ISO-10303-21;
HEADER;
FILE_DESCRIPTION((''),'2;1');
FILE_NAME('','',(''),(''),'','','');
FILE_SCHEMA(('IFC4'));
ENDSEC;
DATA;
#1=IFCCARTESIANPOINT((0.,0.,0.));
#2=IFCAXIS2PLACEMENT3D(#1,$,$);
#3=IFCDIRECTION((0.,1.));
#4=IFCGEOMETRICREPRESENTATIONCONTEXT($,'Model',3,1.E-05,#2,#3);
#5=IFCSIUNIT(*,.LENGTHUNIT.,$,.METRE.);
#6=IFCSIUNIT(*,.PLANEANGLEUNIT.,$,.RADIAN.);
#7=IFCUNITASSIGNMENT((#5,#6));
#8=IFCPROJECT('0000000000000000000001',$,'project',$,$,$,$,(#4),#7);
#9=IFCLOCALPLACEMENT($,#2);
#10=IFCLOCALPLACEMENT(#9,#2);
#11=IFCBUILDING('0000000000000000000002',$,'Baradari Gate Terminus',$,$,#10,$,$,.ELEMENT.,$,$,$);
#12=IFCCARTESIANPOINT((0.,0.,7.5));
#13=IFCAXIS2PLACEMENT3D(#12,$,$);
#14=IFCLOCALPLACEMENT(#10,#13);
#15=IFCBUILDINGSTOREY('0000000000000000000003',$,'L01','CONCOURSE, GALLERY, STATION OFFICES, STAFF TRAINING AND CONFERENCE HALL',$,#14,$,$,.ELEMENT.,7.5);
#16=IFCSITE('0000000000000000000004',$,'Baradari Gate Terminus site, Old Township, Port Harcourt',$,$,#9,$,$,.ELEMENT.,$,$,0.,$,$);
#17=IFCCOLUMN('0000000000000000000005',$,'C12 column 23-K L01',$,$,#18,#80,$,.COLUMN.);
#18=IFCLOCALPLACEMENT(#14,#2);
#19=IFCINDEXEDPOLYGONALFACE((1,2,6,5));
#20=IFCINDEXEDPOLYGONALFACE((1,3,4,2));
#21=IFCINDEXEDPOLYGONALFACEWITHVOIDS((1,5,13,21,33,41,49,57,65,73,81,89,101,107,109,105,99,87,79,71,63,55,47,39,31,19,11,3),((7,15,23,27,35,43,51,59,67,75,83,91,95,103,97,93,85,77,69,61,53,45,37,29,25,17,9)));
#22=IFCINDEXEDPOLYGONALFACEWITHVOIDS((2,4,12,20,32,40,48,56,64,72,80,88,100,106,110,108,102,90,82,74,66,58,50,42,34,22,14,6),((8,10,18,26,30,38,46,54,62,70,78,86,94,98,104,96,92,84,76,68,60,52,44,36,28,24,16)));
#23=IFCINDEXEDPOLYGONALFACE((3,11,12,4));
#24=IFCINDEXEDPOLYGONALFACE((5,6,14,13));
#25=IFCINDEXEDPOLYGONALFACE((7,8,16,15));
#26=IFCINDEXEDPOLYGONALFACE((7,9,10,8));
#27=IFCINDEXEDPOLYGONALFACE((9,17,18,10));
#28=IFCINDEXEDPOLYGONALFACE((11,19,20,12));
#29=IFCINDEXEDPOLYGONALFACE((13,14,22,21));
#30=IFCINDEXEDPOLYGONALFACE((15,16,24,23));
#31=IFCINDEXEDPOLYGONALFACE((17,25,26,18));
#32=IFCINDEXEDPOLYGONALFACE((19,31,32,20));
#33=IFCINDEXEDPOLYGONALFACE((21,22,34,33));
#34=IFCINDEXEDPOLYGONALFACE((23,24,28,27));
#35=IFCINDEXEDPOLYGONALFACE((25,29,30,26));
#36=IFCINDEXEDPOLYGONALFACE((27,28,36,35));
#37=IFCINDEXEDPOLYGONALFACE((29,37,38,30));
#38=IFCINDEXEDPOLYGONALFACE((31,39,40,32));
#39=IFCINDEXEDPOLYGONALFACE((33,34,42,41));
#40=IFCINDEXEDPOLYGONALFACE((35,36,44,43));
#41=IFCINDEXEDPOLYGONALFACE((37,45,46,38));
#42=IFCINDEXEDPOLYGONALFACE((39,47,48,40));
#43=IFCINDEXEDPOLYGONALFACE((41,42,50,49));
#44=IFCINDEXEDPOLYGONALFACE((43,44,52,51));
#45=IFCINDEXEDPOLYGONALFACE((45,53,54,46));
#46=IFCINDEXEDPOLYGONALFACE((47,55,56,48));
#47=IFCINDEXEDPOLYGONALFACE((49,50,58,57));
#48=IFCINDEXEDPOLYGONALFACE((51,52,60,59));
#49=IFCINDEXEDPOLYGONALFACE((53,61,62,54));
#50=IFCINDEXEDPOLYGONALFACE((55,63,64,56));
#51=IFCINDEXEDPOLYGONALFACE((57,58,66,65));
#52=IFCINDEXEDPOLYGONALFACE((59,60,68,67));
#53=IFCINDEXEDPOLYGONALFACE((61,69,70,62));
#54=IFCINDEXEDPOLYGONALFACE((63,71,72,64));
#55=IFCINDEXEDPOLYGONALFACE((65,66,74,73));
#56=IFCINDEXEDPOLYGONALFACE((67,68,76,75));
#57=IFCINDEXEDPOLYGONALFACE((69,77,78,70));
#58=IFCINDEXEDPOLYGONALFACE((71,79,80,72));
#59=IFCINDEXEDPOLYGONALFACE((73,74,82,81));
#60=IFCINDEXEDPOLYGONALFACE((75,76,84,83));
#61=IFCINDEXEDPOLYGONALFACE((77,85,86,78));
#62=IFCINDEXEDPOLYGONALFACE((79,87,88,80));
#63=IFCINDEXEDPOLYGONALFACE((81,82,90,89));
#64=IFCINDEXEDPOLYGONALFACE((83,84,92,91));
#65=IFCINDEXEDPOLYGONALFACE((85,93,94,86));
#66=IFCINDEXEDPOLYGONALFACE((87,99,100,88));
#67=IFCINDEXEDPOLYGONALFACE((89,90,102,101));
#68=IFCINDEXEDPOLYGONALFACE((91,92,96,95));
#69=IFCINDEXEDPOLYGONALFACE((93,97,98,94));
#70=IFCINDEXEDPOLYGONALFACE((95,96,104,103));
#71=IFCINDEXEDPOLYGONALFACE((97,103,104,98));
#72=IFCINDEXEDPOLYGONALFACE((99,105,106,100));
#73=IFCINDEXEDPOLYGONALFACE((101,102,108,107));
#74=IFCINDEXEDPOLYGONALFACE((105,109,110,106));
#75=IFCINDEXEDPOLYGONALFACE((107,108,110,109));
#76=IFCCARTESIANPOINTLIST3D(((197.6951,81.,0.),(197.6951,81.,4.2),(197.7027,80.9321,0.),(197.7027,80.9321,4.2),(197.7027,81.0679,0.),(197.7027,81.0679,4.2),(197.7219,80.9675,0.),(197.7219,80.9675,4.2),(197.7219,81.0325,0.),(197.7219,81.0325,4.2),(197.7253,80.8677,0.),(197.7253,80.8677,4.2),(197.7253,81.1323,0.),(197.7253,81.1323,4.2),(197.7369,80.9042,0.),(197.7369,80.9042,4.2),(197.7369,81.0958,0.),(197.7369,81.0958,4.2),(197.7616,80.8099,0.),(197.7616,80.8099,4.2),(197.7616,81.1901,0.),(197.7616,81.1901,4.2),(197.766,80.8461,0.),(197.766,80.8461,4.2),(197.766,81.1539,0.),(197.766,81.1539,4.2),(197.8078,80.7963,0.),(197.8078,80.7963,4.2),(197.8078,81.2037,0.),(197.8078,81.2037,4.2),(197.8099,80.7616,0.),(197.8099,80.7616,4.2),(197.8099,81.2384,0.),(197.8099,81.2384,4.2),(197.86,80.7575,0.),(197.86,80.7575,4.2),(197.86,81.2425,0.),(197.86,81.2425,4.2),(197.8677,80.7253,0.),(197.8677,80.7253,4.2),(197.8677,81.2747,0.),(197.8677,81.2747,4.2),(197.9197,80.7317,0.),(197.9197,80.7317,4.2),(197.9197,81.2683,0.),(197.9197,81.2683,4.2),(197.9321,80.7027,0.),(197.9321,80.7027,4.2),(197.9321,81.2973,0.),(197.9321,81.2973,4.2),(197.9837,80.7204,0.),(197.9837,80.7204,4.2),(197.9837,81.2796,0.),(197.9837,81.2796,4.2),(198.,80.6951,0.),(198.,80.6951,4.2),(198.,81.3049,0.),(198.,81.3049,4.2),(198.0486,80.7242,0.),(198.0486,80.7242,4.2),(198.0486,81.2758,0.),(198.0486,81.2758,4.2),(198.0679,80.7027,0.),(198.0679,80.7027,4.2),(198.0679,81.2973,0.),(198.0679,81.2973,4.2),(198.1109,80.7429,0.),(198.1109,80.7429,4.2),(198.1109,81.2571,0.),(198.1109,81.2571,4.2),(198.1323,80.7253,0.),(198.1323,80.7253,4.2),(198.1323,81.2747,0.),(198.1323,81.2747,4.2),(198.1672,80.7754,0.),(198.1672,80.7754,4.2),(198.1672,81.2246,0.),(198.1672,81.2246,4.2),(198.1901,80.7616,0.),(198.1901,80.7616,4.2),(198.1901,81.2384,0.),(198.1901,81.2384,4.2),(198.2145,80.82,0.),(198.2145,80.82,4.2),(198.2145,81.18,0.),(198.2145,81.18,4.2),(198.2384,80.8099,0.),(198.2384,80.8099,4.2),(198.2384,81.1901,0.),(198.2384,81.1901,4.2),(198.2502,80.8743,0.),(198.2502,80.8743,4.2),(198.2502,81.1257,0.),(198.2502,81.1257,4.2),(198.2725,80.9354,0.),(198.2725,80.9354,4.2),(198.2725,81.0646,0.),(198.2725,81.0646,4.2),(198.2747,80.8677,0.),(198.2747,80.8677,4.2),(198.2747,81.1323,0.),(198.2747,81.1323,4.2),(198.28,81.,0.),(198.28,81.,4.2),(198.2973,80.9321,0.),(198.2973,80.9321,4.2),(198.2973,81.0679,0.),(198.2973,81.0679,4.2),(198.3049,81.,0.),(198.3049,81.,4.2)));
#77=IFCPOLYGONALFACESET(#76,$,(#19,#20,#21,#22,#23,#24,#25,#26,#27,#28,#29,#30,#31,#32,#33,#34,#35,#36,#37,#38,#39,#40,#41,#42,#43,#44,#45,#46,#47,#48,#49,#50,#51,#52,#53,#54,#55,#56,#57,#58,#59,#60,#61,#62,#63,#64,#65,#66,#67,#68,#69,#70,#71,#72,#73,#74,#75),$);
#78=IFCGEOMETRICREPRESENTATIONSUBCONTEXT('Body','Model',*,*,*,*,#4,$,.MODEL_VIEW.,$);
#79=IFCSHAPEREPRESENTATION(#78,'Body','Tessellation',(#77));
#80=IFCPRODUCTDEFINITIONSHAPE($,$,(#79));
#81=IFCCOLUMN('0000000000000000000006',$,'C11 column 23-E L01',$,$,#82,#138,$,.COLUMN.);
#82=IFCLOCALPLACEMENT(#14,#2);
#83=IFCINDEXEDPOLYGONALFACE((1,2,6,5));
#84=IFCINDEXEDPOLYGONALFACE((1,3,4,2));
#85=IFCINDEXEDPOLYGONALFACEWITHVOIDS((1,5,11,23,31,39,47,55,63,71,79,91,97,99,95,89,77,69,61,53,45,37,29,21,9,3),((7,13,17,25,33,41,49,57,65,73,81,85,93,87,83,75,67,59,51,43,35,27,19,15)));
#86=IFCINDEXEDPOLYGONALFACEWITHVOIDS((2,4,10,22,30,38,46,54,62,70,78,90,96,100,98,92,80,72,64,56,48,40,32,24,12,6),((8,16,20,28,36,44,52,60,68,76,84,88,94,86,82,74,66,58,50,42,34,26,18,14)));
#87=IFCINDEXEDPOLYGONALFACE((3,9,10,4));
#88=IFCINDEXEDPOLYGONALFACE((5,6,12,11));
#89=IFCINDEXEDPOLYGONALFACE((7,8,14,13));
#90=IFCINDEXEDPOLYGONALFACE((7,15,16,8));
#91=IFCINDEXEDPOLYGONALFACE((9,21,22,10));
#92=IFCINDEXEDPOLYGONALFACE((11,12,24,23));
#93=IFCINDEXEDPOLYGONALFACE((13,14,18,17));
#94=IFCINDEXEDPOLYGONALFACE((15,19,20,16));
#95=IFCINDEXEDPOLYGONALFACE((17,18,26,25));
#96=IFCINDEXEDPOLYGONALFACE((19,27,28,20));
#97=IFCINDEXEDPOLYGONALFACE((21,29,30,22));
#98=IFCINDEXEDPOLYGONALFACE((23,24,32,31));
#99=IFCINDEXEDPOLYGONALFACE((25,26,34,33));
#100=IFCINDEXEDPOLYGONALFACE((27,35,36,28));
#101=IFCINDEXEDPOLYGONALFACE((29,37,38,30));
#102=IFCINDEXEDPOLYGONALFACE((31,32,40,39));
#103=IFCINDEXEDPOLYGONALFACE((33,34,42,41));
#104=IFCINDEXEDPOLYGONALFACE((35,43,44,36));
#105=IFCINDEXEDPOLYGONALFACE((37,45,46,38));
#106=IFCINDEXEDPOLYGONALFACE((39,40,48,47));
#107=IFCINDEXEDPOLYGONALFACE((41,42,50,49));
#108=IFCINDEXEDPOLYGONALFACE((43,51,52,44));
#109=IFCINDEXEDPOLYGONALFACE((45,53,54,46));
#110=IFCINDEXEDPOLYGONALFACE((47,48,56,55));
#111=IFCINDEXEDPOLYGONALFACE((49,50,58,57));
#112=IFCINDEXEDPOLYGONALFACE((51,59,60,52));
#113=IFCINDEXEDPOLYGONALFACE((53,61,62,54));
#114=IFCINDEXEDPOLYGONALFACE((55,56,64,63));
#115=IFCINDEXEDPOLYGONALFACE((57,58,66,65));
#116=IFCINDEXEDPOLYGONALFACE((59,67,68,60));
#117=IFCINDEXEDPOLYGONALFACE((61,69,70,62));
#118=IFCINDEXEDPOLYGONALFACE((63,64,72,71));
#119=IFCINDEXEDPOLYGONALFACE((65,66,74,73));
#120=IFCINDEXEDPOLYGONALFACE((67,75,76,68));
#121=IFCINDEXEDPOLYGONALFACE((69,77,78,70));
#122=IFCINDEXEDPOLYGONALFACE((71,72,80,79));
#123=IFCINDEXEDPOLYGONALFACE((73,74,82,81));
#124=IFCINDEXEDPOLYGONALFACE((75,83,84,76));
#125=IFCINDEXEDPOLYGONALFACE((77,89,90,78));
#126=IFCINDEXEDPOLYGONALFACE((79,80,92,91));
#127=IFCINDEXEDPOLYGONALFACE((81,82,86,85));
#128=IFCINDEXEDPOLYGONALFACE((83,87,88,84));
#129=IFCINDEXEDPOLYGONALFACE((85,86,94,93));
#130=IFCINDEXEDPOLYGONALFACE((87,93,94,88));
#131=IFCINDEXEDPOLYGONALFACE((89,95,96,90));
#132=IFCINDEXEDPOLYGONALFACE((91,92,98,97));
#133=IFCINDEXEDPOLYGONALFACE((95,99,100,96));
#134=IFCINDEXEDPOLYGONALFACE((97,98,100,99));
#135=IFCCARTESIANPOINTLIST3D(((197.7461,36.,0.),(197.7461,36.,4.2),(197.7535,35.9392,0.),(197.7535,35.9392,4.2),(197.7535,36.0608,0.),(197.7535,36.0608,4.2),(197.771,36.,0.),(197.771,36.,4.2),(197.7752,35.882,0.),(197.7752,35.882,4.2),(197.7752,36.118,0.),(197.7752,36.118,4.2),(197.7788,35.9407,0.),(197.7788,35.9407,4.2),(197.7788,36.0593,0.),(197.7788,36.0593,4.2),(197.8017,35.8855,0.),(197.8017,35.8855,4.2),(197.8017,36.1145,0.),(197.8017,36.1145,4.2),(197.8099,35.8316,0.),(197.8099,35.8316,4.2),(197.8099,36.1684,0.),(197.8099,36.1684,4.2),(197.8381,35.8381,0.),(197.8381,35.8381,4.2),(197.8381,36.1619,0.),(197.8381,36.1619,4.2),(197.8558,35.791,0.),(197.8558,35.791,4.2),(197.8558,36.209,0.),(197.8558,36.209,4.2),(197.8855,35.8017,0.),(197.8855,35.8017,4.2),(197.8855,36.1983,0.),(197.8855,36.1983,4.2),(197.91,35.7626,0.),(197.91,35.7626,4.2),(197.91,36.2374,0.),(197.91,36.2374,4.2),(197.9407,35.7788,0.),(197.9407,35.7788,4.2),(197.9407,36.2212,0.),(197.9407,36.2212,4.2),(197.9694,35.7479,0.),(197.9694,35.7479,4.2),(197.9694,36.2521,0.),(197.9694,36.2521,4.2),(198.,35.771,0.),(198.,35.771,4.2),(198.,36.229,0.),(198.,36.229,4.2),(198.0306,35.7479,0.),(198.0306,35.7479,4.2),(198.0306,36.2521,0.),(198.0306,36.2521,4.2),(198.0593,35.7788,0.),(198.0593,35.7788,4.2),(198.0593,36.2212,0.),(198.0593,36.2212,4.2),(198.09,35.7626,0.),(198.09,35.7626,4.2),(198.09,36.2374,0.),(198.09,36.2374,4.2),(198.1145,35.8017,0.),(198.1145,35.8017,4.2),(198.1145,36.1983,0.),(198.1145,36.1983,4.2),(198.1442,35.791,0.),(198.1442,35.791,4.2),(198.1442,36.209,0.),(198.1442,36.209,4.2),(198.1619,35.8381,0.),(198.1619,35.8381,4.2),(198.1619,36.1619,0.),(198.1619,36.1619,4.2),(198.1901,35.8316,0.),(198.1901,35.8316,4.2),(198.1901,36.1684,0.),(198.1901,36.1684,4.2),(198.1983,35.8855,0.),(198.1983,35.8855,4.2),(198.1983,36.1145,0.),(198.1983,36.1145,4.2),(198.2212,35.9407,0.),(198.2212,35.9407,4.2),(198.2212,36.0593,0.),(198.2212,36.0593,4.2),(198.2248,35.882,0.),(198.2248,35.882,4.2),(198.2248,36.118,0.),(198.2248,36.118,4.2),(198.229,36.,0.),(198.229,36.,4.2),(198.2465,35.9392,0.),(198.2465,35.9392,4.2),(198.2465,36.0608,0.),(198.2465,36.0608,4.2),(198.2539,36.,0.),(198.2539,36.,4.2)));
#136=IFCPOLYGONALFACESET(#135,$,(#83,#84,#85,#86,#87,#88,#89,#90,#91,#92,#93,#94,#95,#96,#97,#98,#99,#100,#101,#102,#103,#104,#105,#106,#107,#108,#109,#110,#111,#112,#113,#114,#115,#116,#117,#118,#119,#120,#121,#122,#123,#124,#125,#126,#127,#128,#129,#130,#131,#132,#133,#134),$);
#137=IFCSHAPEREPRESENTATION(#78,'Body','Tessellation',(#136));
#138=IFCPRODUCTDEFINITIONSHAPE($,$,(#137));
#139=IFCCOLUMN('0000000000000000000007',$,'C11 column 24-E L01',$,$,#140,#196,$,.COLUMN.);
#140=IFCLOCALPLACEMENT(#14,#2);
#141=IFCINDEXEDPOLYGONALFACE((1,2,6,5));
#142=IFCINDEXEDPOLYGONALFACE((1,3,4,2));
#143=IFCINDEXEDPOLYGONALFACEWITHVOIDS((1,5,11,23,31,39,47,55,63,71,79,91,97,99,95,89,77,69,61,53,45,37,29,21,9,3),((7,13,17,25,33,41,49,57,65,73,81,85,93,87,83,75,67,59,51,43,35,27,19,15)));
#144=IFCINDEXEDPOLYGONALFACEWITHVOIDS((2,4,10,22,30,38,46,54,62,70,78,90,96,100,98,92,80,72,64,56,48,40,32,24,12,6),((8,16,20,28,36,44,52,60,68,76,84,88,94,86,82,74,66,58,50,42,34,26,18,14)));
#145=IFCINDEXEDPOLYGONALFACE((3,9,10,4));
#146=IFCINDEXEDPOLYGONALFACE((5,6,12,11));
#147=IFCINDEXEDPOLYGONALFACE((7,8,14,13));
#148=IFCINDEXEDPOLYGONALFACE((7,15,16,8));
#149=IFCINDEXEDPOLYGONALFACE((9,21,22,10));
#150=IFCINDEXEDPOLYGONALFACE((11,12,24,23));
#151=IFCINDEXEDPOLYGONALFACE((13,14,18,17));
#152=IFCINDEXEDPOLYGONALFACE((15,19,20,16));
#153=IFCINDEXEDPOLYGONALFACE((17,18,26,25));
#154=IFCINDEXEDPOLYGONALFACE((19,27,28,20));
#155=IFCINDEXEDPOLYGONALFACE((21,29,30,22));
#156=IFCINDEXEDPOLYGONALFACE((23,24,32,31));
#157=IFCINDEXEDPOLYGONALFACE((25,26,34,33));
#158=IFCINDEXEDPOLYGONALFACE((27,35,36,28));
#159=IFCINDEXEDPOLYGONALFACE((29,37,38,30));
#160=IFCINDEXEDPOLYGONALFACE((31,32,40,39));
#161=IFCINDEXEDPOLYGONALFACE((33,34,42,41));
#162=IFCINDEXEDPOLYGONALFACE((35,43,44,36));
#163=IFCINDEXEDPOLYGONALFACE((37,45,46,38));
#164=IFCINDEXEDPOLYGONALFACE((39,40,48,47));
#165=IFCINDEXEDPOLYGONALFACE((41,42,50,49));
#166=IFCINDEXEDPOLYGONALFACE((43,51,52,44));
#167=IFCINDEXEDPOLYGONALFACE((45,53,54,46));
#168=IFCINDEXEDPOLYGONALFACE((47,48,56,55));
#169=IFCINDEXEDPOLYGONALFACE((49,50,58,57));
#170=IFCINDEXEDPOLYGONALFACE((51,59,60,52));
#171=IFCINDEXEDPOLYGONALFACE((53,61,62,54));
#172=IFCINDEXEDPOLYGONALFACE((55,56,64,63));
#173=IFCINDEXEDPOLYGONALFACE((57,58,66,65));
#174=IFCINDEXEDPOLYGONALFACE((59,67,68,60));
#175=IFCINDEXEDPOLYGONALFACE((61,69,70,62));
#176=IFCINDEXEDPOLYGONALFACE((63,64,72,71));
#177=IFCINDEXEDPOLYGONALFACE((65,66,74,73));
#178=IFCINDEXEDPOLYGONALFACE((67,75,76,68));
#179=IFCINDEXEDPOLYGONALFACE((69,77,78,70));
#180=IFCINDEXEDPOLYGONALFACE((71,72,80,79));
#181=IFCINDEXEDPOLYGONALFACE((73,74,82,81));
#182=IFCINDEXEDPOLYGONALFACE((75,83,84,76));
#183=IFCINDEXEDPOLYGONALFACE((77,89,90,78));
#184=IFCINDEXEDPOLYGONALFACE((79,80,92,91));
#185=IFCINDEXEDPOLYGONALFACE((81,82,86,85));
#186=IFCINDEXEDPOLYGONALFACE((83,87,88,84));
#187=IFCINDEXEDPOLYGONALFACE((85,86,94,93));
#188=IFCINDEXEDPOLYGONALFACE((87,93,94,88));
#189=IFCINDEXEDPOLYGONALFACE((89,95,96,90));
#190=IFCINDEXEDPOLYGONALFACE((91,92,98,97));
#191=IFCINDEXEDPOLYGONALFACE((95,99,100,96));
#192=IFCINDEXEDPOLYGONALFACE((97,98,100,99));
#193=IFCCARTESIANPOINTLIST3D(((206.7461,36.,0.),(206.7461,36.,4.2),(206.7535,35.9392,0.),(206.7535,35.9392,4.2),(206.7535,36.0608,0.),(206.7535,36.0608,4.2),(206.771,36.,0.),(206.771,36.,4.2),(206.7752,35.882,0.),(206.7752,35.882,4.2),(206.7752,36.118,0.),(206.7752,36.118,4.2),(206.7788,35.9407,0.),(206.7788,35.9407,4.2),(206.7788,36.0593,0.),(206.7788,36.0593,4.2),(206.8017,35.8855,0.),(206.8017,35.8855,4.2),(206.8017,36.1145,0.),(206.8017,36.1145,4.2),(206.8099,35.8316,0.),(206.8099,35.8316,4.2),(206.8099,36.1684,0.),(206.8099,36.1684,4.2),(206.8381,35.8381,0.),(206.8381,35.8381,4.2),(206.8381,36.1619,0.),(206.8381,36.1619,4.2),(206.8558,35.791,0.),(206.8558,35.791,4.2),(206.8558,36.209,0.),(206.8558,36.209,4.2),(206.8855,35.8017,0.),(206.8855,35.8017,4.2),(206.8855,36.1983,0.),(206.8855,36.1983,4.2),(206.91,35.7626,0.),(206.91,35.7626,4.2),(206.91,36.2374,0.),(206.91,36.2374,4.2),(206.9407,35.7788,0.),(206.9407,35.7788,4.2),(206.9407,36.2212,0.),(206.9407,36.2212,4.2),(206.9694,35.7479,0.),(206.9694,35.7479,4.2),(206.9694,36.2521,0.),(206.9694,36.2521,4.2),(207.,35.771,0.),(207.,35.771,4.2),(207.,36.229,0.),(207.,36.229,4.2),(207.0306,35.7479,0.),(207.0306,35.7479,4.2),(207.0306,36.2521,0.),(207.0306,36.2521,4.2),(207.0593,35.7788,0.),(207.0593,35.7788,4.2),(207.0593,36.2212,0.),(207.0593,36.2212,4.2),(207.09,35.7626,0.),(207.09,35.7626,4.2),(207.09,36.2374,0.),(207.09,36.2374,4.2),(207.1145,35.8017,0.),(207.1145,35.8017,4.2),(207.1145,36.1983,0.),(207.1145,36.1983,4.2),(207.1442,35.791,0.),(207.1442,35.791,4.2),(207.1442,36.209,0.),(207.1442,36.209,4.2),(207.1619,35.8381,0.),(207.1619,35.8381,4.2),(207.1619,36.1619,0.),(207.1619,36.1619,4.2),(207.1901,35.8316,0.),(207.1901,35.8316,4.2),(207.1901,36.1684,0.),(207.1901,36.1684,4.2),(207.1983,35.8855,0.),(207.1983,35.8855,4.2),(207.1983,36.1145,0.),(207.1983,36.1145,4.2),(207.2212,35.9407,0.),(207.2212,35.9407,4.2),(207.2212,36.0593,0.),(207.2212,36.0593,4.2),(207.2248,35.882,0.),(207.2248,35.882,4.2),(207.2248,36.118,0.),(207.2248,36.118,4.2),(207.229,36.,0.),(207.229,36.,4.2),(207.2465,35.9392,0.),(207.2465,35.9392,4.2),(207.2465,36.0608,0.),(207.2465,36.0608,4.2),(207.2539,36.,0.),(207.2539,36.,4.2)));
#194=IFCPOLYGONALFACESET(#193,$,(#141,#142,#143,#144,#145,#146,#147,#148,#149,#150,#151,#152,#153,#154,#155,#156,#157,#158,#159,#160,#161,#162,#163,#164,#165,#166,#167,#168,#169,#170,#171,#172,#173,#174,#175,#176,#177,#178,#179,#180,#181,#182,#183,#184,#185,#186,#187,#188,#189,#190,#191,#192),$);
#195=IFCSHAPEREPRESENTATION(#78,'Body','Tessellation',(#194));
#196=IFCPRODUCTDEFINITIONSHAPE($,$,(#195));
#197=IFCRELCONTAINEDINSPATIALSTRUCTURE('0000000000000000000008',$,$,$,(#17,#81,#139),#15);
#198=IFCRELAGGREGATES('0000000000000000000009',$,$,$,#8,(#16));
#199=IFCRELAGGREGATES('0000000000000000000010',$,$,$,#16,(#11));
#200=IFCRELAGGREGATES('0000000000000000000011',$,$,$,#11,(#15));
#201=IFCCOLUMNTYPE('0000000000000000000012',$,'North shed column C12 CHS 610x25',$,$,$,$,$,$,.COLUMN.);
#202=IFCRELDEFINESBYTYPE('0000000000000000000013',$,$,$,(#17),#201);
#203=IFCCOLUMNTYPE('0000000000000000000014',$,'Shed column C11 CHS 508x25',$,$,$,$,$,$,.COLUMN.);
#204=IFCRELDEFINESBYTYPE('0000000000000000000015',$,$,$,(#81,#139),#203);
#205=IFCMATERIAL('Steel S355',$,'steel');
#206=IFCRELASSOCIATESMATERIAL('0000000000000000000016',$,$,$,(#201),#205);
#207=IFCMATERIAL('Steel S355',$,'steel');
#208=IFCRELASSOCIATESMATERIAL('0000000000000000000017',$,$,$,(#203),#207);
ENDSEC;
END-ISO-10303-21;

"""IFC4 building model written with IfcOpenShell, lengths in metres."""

from ifc_helpers import new_model, si_unit, direction, frame, origin, origin_2d, place, context, subcontext, project, spatial, hollow_circle, extrude, material, material_profile, profile_set, type_object, element, save


model = new_model("IFC4")

# Units and contexts
model_context = context("Model", 3, precision=1e-05, world=origin(), true_north=direction((0.0, 1.0)))
body_context = subcontext(model_context, "Body", "Model", "MODEL_VIEW")
ifc_project = project(units=[si_unit("LENGTHUNIT", "METRE"), si_unit("PLANEANGLEUNIT", "RADIAN")], contexts=[model_context])

# Site, building, storey
site_placement = place(None, origin())
site = spatial("IfcSite", under=ifc_project, at=site_placement, Name="Baradari Gate Terminus site, Old Township, Port Harcourt", CompositionType="ELEMENT", RefElevation=0.0)
building_placement = place(site_placement, origin())
building = spatial("IfcBuilding", under=site, at=building_placement, Name="Baradari Gate Terminus", CompositionType="ELEMENT")
storey_placement = place(building_placement, frame((0.0, 0.0, 7.5)))
storey = spatial("IfcBuildingStorey", under=building, at=storey_placement, Name="L01", Description="CONCOURSE, GALLERY, STATION OFFICES, STAFF TRAINING AND CONFERENCE HALL", CompositionType="ELEMENT", Elevation=7.5)

# Columns
ifc_material_1 = material(Name="Steel S355", Category="steel")
ifc_material_profile_1 = material_profile(ifc_material_1, hollow_circle(Radius=0.3049, WallThickness=0.0249, at=origin_2d()), Name="CHS 610x25")
ifc_profile_set_1 = profile_set([ifc_material_profile_1], Name="Steel S355")
column_type_1 = type_object("IfcColumnType", Name="North shed column C12 CHS 610x25", PredefinedType="COLUMN", material=ifc_profile_set_1)
column_placement = place(storey_placement, frame((198.0, 81.0, 0.0), z_axis=(0.0, 0.0, 1.0), x_axis=(1.0, 0.0, 0.0)))
element("IfcColumn", 1, at=column_placement, inside=storey, type_object=column_type_1, Name="C12 column 23-K L01", PredefinedType="COLUMN", context=body_context, shape_type="SweptSolid", body=[
    extrude(hollow_circle(Radius=0.3049, WallThickness=0.0249, at=origin_2d()), origin(), (0.0, 0.0, 1.0), 4.2),
])
ifc_material_2 = material(Name="Steel S355", Category="steel")
ifc_material_profile_2 = material_profile(ifc_material_2, hollow_circle(Radius=0.2539, WallThickness=0.0249, at=origin_2d()), Name="CHS 508x25")
ifc_profile_set_2 = profile_set([ifc_material_profile_2], Name="Steel S355")
column_type_2 = type_object("IfcColumnType", Name="Shed column C11 CHS 508x25", PredefinedType="COLUMN", material=ifc_profile_set_2)
for number, where, z_axis, x_axis, name in (
    (2, (198.0, 36.0, 0.0), (0.0, 0.0, 1.0), (1.0, 0.0, 0.0), "C11 column 23-E L01"),
    (3, (207.0, 36.0, 0.0), (0.0, 0.0, 1.0), (1.0, 0.0, 0.0), "C11 column 24-E L01"),
):
    element("IfcColumn", number, at=place(storey_placement, frame(where, z_axis=z_axis, x_axis=x_axis)), inside=storey, type_object=column_type_2, Name=name, PredefinedType="COLUMN", context=body_context, shape_type="SweptSolid", body=[
        extrude(hollow_circle(Radius=0.2539, WallThickness=0.0249, at=origin_2d()), origin(), (0.0, 0.0, 1.0), 4.2),
    ])

save(model, "model.ifc")
